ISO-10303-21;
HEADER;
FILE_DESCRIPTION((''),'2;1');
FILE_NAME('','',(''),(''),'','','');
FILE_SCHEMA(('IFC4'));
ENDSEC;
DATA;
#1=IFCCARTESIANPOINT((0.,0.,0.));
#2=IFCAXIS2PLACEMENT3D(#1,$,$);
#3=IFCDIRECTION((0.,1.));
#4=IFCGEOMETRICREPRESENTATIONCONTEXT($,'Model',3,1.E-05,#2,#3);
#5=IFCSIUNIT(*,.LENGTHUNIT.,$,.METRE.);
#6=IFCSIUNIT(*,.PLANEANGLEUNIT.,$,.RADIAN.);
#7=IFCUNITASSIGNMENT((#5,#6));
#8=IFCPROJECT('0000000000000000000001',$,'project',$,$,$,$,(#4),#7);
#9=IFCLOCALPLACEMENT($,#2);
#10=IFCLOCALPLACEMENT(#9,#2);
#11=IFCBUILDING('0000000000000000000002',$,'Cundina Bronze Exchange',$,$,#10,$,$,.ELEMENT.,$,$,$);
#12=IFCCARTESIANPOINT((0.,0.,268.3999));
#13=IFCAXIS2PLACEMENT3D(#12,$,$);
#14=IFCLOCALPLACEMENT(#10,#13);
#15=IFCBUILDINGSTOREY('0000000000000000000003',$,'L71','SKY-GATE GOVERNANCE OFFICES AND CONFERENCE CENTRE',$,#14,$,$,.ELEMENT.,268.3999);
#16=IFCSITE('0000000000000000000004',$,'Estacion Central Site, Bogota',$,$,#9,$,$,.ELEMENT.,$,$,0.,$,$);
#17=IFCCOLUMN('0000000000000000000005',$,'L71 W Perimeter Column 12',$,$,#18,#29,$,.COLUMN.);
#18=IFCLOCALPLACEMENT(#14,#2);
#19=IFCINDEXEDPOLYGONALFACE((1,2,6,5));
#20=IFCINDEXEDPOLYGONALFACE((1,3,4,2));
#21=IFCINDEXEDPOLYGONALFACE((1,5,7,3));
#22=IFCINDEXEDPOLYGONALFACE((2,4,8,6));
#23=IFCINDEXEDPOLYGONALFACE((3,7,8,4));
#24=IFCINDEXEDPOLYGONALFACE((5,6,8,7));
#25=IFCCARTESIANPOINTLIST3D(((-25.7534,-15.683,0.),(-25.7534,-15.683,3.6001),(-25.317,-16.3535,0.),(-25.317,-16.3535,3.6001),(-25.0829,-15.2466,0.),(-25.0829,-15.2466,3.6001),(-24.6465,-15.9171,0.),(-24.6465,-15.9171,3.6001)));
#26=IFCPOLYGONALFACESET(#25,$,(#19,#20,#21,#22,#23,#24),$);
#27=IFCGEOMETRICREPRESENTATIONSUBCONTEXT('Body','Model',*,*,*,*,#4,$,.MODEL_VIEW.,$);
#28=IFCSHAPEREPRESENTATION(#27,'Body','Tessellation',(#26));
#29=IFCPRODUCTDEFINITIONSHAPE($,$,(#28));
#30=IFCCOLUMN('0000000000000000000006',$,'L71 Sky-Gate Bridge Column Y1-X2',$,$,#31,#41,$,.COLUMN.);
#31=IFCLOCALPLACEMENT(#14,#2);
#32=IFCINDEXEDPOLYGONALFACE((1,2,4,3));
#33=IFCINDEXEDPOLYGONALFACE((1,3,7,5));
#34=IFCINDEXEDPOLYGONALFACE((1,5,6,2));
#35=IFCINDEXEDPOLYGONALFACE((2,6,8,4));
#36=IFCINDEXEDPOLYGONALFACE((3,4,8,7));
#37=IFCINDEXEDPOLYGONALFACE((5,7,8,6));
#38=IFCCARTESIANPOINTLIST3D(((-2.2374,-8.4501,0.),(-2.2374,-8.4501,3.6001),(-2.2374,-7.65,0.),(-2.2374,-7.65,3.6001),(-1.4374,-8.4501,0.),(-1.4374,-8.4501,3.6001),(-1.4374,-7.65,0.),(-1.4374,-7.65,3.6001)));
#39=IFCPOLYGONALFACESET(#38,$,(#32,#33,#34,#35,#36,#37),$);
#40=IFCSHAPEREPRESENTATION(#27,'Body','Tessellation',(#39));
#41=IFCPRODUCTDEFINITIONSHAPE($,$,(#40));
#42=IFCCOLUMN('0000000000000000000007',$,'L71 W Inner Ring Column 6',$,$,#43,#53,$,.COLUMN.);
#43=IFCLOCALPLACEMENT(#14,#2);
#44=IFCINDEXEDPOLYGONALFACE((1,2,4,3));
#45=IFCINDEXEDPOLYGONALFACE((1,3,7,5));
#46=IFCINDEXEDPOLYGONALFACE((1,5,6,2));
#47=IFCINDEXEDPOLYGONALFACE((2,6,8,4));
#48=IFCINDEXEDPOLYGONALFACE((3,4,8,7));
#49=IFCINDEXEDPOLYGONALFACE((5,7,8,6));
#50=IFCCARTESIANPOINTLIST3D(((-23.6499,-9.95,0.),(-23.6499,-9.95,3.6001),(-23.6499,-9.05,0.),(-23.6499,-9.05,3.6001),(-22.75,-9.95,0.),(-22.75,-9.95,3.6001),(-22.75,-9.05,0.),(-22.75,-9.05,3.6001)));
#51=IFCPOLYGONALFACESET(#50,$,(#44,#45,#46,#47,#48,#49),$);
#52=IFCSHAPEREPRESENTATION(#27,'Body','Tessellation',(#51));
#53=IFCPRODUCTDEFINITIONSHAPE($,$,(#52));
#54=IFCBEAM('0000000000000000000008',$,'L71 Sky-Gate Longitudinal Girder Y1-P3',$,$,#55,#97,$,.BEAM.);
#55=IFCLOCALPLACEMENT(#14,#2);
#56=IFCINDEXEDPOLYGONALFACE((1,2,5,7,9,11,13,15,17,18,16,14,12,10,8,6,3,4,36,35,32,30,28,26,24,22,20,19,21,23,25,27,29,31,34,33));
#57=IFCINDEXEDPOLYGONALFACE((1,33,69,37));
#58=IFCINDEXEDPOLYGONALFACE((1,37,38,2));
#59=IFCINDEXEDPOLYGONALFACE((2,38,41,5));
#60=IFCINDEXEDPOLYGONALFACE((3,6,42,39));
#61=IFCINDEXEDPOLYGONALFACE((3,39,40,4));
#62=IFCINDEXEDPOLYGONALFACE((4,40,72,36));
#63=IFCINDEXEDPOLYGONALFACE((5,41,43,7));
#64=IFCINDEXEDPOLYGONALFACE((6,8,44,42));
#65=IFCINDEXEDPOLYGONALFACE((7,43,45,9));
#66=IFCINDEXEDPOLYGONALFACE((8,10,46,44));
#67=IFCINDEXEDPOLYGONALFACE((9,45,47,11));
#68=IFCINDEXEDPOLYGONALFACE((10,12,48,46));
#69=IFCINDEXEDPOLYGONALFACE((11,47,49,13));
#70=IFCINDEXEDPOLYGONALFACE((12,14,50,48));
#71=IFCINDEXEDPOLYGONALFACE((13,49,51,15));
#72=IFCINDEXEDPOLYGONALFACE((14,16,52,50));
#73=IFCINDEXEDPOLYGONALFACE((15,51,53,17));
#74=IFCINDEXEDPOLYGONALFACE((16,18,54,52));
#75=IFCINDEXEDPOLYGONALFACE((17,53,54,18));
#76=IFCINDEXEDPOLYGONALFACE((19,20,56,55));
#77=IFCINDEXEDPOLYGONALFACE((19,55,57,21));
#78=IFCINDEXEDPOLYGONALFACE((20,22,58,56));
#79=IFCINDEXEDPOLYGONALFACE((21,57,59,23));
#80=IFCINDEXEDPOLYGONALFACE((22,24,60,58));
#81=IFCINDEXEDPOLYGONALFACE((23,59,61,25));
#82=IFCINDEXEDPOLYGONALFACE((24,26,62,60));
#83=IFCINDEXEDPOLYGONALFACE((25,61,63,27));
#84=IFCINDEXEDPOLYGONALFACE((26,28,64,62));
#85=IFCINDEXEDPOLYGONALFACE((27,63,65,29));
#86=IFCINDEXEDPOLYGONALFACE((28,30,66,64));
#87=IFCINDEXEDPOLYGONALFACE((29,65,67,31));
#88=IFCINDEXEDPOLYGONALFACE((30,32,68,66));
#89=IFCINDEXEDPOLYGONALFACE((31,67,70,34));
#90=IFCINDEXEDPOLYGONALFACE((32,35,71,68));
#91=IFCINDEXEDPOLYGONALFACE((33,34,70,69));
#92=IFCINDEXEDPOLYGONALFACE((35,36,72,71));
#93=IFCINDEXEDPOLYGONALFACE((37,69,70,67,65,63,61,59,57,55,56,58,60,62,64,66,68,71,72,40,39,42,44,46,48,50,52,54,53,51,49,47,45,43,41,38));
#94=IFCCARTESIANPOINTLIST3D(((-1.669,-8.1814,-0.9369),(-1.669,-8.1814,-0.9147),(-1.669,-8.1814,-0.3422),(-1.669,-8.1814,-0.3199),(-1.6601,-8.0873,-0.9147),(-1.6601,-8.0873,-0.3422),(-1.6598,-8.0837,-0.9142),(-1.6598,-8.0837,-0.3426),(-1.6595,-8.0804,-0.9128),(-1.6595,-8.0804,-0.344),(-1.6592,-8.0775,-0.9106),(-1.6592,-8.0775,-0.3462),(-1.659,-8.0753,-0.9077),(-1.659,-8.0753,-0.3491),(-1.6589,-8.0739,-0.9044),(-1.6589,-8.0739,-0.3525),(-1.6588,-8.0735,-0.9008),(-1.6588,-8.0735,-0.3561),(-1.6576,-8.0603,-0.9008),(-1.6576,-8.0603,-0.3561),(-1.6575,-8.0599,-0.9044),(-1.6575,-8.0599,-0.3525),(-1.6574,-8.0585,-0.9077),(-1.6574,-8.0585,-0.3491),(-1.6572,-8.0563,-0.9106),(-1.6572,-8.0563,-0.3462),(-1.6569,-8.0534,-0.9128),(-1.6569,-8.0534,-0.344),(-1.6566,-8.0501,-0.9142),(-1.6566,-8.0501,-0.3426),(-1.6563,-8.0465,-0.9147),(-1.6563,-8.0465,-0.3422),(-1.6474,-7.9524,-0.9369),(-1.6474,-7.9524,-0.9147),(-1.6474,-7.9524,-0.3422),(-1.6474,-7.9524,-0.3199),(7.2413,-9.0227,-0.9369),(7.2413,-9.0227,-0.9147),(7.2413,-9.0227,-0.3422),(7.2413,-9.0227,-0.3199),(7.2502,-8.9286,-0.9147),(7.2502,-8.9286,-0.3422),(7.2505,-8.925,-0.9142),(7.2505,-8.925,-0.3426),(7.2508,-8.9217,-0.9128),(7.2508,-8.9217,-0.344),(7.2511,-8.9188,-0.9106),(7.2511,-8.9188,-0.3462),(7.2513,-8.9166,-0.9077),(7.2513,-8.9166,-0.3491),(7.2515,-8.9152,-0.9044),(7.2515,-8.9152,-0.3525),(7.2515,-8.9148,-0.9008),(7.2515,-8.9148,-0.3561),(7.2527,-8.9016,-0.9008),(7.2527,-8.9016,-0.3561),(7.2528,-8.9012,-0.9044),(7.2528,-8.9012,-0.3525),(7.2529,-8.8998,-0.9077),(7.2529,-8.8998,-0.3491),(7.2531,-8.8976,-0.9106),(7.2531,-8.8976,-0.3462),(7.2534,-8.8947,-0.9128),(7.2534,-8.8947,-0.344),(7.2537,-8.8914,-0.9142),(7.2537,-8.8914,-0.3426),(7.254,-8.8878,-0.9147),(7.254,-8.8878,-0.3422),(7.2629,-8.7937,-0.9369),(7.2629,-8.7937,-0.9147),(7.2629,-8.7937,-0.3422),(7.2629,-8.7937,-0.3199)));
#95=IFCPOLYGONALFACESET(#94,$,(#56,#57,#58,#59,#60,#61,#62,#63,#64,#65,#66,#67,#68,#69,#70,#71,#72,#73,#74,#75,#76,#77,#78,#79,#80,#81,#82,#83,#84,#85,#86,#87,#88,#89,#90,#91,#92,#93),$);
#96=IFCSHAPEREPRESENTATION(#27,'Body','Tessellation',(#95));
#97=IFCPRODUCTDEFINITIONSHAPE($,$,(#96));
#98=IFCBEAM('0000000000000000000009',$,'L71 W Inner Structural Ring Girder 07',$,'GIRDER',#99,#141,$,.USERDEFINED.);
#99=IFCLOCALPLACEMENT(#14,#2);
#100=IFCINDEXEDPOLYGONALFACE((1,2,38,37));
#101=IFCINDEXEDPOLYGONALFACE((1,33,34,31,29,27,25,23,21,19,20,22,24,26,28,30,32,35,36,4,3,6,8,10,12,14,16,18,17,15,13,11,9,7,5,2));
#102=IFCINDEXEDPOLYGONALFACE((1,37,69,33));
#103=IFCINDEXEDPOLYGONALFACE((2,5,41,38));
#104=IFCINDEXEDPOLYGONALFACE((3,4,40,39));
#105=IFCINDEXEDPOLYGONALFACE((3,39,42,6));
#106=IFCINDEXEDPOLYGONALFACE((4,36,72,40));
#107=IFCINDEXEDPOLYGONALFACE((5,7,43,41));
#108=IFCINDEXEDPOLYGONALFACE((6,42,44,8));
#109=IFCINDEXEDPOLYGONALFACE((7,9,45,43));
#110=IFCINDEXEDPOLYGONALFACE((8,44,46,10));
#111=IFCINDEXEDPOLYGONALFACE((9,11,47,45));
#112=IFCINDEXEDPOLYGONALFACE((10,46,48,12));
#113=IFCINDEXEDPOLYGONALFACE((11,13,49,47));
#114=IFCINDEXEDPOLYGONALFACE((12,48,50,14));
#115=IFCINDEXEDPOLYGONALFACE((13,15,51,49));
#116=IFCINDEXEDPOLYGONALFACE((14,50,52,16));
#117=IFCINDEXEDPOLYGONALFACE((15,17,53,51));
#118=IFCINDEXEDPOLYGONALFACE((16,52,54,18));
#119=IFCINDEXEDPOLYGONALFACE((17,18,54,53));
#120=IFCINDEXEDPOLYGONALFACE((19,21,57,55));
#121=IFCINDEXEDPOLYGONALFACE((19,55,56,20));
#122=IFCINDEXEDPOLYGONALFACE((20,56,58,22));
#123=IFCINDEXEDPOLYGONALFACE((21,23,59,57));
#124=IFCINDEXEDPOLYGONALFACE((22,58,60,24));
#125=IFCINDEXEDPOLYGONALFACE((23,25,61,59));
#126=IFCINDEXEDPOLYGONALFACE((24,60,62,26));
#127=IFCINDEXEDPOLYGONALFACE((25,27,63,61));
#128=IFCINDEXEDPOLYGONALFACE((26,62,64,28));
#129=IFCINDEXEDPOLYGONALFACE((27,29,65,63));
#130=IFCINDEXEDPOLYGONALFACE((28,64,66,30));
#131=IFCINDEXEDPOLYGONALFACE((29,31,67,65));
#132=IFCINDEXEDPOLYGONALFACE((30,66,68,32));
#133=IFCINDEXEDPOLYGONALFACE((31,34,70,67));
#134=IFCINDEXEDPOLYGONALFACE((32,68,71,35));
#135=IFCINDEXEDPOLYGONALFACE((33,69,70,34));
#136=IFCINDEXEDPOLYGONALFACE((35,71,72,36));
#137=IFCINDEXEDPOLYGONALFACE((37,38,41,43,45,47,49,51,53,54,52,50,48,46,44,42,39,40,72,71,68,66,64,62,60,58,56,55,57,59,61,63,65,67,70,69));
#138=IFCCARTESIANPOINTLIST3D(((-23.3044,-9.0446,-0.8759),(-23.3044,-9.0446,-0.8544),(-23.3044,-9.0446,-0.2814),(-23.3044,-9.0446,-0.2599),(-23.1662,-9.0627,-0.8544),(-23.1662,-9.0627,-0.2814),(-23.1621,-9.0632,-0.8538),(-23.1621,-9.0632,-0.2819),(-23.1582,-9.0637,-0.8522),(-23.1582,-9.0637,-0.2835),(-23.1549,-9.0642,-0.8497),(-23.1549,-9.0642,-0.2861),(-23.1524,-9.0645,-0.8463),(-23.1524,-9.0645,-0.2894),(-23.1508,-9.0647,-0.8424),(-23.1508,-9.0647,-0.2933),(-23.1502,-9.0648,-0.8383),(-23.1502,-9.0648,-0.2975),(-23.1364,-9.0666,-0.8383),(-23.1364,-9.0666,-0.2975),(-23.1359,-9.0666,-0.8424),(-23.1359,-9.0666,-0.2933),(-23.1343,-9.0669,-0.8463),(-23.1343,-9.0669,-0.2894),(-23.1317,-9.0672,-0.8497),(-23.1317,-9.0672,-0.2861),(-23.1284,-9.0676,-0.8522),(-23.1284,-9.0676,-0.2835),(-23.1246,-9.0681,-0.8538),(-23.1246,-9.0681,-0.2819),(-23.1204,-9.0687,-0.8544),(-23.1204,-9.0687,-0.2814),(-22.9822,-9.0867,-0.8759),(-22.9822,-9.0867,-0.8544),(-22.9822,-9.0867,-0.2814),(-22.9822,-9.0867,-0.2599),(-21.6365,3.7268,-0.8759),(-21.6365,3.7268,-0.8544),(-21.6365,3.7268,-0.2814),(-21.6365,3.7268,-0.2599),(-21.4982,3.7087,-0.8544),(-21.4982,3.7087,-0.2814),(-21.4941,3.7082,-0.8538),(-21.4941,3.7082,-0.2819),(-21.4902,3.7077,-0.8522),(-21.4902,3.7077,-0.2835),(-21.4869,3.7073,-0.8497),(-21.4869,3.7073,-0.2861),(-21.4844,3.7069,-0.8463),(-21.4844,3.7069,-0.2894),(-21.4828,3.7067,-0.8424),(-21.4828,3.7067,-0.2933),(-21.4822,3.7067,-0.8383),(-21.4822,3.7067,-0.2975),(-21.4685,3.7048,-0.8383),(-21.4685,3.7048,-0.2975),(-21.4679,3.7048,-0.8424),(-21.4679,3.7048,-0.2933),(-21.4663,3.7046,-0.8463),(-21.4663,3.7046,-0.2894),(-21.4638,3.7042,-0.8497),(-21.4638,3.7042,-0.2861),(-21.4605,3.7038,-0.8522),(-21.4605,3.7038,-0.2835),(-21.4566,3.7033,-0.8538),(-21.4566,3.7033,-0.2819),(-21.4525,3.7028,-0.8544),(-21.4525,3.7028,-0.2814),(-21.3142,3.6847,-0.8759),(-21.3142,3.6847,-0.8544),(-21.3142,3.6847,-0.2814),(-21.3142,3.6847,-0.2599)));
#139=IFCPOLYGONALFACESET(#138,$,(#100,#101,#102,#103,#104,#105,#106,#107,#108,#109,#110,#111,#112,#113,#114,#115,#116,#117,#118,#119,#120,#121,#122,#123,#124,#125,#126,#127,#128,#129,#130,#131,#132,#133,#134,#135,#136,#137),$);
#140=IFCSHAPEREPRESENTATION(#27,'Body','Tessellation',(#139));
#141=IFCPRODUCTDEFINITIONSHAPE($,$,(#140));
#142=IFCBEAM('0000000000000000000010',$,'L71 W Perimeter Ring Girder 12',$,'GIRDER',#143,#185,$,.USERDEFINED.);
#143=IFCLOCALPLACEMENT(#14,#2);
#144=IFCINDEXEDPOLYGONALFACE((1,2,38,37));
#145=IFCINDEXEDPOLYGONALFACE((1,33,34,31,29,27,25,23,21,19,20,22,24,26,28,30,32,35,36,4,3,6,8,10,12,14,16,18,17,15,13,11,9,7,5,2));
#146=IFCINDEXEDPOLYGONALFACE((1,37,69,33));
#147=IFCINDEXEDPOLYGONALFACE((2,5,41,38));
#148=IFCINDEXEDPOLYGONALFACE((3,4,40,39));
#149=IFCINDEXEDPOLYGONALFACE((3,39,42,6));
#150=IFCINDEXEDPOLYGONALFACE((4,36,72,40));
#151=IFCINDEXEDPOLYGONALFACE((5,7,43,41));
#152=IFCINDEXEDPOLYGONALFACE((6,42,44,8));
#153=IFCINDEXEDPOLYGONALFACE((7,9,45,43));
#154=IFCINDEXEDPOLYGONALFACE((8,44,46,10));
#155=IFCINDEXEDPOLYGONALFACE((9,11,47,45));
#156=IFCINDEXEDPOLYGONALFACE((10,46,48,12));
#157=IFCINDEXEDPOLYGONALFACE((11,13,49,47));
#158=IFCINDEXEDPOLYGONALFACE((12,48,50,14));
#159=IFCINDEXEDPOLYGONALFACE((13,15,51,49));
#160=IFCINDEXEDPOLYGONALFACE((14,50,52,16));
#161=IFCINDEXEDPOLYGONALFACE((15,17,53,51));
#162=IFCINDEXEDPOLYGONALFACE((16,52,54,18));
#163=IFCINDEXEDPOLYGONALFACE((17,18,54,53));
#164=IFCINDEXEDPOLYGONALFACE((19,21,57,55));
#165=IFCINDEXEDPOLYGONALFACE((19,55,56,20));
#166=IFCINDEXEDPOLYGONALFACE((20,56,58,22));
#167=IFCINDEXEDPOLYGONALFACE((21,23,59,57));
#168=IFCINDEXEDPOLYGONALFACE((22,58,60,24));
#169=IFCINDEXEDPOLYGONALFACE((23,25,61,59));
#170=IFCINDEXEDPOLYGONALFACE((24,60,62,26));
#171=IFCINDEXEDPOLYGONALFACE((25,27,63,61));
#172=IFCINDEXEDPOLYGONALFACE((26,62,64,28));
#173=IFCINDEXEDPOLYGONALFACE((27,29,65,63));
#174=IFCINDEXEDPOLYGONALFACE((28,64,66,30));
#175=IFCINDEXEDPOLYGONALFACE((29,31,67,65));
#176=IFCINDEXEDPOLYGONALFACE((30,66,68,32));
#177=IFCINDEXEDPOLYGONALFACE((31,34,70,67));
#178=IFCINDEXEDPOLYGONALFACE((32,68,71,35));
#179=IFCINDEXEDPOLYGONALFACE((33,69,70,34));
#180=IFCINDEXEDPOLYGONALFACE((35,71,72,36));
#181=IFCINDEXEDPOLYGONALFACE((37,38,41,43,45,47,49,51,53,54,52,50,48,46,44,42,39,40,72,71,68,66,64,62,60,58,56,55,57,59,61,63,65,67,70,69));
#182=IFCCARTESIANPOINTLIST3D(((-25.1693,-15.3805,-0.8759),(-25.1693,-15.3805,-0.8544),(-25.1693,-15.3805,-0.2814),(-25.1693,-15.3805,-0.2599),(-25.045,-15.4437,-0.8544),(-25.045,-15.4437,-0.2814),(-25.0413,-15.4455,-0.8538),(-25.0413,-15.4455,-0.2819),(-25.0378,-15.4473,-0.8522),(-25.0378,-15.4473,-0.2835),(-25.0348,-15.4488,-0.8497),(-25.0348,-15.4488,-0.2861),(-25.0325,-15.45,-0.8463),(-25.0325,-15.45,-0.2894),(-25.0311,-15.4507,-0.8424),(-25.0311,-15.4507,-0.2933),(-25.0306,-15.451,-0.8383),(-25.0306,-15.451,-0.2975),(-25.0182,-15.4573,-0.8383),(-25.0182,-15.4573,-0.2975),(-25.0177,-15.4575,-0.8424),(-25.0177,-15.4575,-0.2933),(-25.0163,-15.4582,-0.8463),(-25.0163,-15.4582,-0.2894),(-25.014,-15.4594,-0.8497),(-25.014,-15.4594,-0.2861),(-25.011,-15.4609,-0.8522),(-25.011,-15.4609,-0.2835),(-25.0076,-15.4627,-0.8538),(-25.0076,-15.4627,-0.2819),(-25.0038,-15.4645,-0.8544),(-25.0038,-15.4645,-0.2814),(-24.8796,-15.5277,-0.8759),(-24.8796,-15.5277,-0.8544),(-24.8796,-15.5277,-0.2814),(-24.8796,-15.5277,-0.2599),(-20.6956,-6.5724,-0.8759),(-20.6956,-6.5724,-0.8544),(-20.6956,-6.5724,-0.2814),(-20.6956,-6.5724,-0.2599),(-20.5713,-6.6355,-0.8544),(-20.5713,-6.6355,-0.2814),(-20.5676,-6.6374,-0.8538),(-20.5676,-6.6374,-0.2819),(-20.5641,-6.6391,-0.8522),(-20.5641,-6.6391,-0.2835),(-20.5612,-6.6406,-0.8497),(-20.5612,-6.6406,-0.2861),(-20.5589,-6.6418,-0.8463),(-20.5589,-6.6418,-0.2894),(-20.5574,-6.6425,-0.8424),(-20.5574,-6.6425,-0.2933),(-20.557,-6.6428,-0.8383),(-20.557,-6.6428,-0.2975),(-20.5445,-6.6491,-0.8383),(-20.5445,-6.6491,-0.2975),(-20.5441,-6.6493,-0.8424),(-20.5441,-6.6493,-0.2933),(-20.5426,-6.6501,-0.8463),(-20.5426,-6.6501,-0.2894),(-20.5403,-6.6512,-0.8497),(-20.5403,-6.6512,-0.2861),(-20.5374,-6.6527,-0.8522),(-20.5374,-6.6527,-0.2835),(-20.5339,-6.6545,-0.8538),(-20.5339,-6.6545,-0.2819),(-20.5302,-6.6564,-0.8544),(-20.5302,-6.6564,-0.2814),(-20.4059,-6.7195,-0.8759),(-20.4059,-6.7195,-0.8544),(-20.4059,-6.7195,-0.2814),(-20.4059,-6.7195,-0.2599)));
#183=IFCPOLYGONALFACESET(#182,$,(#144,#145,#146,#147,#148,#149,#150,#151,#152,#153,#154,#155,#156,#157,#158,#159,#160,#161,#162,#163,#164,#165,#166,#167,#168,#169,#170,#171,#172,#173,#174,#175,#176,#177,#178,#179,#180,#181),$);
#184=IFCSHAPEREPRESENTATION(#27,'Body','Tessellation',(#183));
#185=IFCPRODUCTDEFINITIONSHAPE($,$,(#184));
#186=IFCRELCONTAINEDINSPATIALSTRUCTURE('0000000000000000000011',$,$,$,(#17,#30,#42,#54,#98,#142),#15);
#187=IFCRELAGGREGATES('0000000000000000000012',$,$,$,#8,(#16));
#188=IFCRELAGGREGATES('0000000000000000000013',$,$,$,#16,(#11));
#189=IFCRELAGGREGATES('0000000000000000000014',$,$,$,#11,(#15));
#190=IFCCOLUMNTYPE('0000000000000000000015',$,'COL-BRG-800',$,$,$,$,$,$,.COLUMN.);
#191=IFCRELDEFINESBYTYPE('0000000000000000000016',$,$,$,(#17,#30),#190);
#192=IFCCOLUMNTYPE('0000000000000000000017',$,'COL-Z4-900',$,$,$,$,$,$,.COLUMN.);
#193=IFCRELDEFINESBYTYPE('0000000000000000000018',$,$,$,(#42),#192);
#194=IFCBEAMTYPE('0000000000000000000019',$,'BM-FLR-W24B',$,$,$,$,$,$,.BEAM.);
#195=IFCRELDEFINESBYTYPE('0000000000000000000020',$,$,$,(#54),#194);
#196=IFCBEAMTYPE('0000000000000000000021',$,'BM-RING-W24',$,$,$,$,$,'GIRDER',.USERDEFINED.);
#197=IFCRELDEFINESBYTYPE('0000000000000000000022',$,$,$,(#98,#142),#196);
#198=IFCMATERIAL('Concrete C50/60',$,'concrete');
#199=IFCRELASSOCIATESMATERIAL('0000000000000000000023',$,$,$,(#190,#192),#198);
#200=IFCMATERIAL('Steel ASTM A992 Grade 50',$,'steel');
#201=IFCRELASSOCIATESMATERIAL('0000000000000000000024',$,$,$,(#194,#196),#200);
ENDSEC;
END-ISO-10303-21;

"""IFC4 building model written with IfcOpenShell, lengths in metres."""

from ifc_helpers import new_model, si_unit, direction, frame, origin, origin_2d, place, context, subcontext, project, spatial, rectangle, i_section, extrude, material, material_profile, profile_set, type_object, element, save


model = new_model("IFC4")

# Units and contexts
model_context = context("Model", 3, precision=1e-05, world=origin(), true_north=direction((0.0, 1.0)))
body_context = subcontext(model_context, "Body", "Model", "MODEL_VIEW")
ifc_project = project(units=[si_unit("LENGTHUNIT", "METRE"), si_unit("PLANEANGLEUNIT", "RADIAN")], contexts=[model_context])

# Site, building, storey
site_placement = place(None, origin())
site = spatial("IfcSite", under=ifc_project, at=site_placement, Name="Estacion Central Site, Bogota", CompositionType="ELEMENT", RefElevation=0.0)
building_placement = place(site_placement, origin())
building = spatial("IfcBuilding", under=site, at=building_placement, Name="Cundina Bronze Exchange", CompositionType="ELEMENT")
storey_placement = place(building_placement, frame((0.0, 0.0, 268.3999)))
storey = spatial("IfcBuildingStorey", under=building, at=storey_placement, Name="L71", Description="SKY-GATE GOVERNANCE OFFICES AND CONFERENCE CENTRE", CompositionType="ELEMENT", Elevation=268.3999)

# Columns
ifc_material_1 = material(Name="Concrete C50/60", Category="concrete")
ifc_material_profile_1 = material_profile(ifc_material_1, rectangle(XDim=0.8, YDim=0.8, at=origin_2d()), Name="RC800X800", Category="concrete")
ifc_profile_set_1 = profile_set([ifc_material_profile_1], Name="Concrete C50/60")
column_type_1 = type_object("IfcColumnType", Name="COL-BRG-800", PredefinedType="COLUMN", material=ifc_profile_set_1)
for number, where, z_axis, x_axis, name in (
    (1, (-25.2, -15.8, 0.0), (0.0, 0.0, 1.0), (0.8381, 0.545517, 0.0), "L71 W Perimeter Column 12"),
    (2, (-1.8374, -8.05, 0.0), (0.0, 0.0, 1.0), (1.0, 0.0, 0.0), "L71 Sky-Gate Bridge Column Y1-X2"),
):
    element("IfcColumn", number, at=place(storey_placement, frame(where, z_axis=z_axis, x_axis=x_axis)), inside=storey, type_object=column_type_1, Name=name, PredefinedType="COLUMN", context=body_context, shape_type="SweptSolid", body=[
        extrude(rectangle(XDim=0.8, YDim=0.8, at=origin_2d()), origin(), (0.0, 0.0, 1.0), 3.6001),
    ])
ifc_material_profile_2 = material_profile(ifc_material_1, rectangle(XDim=0.8999, YDim=0.8999, at=origin_2d()), Name="RC900X900", Category="concrete")
ifc_profile_set_2 = profile_set([ifc_material_profile_2], Name="Concrete C50/60")
column_type_2 = type_object("IfcColumnType", Name="COL-Z4-900", PredefinedType="COLUMN", material=ifc_profile_set_2)
column_placement = place(storey_placement, frame((-23.2, -9.5, 0.0), z_axis=(0.0, 0.0, 1.0), x_axis=(1.0, 0.0, 0.0)))
element("IfcColumn", 3, at=column_placement, inside=storey, type_object=column_type_2, Name="L71 W Inner Ring Column 6", PredefinedType="COLUMN", context=body_context, shape_type="SweptSolid", body=[
    extrude(rectangle(XDim=0.8999, YDim=0.8999, at=origin_2d()), origin(), (0.0, 0.0, 1.0), 3.6001),
])

# Beams
ifc_material_2 = material(Name="Steel ASTM A992 Grade 50", Category="steel")
ifc_material_profile_3 = material_profile(ifc_material_2, i_section(OverallWidth=0.23, OverallDepth=0.6169, WebThickness=0.0132, FlangeThickness=0.0222, FilletRadius=0.0139, at=origin_2d()), Name="W24X94", Category="steel")
ifc_profile_set_3 = profile_set([ifc_material_profile_3], Name="Steel ASTM A992 Grade 50")
beam_type_1 = type_object("IfcBeamType", Name="BM-FLR-W24B", PredefinedType="BEAM", material=ifc_profile_set_3)
beam_1_placement = place(storey_placement, frame((-1.6582, -8.0669, -0.6284), z_axis=(0.995572, -0.094001, 0.0), x_axis=(0.094001, 0.995572, 0.0)))
element("IfcBeam", 4, at=beam_1_placement, inside=storey, type_object=beam_type_1, Name="L71 Sky-Gate Longitudinal Girder Y1-P3", PredefinedType="BEAM", context=body_context, shape_type="SweptSolid", body=[
    extrude(i_section(OverallWidth=0.23, OverallDepth=0.6169, WebThickness=0.0132, FlangeThickness=0.0222, FilletRadius=0.0139, at=origin_2d()), origin(), (0.0, 0.0, 1.0), 8.95),
])
ifc_material_profile_4 = material_profile(ifc_material_2, i_section(OverallWidth=0.325, OverallDepth=0.616, WebThickness=0.0139, FlangeThickness=0.0215, FilletRadius=0.0161, at=origin_2d()), Name="W24X117", Category="steel")
ifc_profile_set_4 = profile_set([ifc_material_profile_4], Name="Steel ASTM A992 Grade 50")
beam_type_2 = type_object("IfcBeamType", Name="BM-RING-W24", ElementType="GIRDER", PredefinedType="USERDEFINED", material=ifc_profile_set_4)
beam_2_placement = place(storey_placement, frame((-23.1433, -9.0657, -0.5679), z_axis=(0.129501, 0.991579, 0.0), x_axis=(-0.991579, 0.129501, 0.0)))
element("IfcBeam", 5, at=beam_2_placement, inside=storey, type_object=beam_type_2, Name="L71 W Inner Structural Ring Girder 07", ObjectType="GIRDER", PredefinedType="USERDEFINED", context=body_context, shape_type="SweptSolid", body=[
    extrude(i_section(OverallWidth=0.325, OverallDepth=0.616, WebThickness=0.0139, FlangeThickness=0.0215, FilletRadius=0.0161, at=origin_2d()), origin(), (0.0, 0.0, 1.0), 12.8799),
])
beam_3_placement = place(storey_placement, frame((-25.0244, -15.4541, -0.5679), z_axis=(0.452839, 0.891592, 0.0), x_axis=(-0.891592, 0.452839, 0.0)))
element("IfcBeam", 6, at=beam_3_placement, inside=storey, type_object=beam_type_2, Name="L71 W Perimeter Ring Girder 12", ObjectType="GIRDER", PredefinedType="USERDEFINED", context=body_context, shape_type="SweptSolid", body=[
    extrude(i_section(OverallWidth=0.325, OverallDepth=0.616, WebThickness=0.0139, FlangeThickness=0.0215, FilletRadius=0.0161, at=origin_2d()), origin(), (0.0, 0.0, 1.0), 9.8792),
])

save(model, "model.ifc")
